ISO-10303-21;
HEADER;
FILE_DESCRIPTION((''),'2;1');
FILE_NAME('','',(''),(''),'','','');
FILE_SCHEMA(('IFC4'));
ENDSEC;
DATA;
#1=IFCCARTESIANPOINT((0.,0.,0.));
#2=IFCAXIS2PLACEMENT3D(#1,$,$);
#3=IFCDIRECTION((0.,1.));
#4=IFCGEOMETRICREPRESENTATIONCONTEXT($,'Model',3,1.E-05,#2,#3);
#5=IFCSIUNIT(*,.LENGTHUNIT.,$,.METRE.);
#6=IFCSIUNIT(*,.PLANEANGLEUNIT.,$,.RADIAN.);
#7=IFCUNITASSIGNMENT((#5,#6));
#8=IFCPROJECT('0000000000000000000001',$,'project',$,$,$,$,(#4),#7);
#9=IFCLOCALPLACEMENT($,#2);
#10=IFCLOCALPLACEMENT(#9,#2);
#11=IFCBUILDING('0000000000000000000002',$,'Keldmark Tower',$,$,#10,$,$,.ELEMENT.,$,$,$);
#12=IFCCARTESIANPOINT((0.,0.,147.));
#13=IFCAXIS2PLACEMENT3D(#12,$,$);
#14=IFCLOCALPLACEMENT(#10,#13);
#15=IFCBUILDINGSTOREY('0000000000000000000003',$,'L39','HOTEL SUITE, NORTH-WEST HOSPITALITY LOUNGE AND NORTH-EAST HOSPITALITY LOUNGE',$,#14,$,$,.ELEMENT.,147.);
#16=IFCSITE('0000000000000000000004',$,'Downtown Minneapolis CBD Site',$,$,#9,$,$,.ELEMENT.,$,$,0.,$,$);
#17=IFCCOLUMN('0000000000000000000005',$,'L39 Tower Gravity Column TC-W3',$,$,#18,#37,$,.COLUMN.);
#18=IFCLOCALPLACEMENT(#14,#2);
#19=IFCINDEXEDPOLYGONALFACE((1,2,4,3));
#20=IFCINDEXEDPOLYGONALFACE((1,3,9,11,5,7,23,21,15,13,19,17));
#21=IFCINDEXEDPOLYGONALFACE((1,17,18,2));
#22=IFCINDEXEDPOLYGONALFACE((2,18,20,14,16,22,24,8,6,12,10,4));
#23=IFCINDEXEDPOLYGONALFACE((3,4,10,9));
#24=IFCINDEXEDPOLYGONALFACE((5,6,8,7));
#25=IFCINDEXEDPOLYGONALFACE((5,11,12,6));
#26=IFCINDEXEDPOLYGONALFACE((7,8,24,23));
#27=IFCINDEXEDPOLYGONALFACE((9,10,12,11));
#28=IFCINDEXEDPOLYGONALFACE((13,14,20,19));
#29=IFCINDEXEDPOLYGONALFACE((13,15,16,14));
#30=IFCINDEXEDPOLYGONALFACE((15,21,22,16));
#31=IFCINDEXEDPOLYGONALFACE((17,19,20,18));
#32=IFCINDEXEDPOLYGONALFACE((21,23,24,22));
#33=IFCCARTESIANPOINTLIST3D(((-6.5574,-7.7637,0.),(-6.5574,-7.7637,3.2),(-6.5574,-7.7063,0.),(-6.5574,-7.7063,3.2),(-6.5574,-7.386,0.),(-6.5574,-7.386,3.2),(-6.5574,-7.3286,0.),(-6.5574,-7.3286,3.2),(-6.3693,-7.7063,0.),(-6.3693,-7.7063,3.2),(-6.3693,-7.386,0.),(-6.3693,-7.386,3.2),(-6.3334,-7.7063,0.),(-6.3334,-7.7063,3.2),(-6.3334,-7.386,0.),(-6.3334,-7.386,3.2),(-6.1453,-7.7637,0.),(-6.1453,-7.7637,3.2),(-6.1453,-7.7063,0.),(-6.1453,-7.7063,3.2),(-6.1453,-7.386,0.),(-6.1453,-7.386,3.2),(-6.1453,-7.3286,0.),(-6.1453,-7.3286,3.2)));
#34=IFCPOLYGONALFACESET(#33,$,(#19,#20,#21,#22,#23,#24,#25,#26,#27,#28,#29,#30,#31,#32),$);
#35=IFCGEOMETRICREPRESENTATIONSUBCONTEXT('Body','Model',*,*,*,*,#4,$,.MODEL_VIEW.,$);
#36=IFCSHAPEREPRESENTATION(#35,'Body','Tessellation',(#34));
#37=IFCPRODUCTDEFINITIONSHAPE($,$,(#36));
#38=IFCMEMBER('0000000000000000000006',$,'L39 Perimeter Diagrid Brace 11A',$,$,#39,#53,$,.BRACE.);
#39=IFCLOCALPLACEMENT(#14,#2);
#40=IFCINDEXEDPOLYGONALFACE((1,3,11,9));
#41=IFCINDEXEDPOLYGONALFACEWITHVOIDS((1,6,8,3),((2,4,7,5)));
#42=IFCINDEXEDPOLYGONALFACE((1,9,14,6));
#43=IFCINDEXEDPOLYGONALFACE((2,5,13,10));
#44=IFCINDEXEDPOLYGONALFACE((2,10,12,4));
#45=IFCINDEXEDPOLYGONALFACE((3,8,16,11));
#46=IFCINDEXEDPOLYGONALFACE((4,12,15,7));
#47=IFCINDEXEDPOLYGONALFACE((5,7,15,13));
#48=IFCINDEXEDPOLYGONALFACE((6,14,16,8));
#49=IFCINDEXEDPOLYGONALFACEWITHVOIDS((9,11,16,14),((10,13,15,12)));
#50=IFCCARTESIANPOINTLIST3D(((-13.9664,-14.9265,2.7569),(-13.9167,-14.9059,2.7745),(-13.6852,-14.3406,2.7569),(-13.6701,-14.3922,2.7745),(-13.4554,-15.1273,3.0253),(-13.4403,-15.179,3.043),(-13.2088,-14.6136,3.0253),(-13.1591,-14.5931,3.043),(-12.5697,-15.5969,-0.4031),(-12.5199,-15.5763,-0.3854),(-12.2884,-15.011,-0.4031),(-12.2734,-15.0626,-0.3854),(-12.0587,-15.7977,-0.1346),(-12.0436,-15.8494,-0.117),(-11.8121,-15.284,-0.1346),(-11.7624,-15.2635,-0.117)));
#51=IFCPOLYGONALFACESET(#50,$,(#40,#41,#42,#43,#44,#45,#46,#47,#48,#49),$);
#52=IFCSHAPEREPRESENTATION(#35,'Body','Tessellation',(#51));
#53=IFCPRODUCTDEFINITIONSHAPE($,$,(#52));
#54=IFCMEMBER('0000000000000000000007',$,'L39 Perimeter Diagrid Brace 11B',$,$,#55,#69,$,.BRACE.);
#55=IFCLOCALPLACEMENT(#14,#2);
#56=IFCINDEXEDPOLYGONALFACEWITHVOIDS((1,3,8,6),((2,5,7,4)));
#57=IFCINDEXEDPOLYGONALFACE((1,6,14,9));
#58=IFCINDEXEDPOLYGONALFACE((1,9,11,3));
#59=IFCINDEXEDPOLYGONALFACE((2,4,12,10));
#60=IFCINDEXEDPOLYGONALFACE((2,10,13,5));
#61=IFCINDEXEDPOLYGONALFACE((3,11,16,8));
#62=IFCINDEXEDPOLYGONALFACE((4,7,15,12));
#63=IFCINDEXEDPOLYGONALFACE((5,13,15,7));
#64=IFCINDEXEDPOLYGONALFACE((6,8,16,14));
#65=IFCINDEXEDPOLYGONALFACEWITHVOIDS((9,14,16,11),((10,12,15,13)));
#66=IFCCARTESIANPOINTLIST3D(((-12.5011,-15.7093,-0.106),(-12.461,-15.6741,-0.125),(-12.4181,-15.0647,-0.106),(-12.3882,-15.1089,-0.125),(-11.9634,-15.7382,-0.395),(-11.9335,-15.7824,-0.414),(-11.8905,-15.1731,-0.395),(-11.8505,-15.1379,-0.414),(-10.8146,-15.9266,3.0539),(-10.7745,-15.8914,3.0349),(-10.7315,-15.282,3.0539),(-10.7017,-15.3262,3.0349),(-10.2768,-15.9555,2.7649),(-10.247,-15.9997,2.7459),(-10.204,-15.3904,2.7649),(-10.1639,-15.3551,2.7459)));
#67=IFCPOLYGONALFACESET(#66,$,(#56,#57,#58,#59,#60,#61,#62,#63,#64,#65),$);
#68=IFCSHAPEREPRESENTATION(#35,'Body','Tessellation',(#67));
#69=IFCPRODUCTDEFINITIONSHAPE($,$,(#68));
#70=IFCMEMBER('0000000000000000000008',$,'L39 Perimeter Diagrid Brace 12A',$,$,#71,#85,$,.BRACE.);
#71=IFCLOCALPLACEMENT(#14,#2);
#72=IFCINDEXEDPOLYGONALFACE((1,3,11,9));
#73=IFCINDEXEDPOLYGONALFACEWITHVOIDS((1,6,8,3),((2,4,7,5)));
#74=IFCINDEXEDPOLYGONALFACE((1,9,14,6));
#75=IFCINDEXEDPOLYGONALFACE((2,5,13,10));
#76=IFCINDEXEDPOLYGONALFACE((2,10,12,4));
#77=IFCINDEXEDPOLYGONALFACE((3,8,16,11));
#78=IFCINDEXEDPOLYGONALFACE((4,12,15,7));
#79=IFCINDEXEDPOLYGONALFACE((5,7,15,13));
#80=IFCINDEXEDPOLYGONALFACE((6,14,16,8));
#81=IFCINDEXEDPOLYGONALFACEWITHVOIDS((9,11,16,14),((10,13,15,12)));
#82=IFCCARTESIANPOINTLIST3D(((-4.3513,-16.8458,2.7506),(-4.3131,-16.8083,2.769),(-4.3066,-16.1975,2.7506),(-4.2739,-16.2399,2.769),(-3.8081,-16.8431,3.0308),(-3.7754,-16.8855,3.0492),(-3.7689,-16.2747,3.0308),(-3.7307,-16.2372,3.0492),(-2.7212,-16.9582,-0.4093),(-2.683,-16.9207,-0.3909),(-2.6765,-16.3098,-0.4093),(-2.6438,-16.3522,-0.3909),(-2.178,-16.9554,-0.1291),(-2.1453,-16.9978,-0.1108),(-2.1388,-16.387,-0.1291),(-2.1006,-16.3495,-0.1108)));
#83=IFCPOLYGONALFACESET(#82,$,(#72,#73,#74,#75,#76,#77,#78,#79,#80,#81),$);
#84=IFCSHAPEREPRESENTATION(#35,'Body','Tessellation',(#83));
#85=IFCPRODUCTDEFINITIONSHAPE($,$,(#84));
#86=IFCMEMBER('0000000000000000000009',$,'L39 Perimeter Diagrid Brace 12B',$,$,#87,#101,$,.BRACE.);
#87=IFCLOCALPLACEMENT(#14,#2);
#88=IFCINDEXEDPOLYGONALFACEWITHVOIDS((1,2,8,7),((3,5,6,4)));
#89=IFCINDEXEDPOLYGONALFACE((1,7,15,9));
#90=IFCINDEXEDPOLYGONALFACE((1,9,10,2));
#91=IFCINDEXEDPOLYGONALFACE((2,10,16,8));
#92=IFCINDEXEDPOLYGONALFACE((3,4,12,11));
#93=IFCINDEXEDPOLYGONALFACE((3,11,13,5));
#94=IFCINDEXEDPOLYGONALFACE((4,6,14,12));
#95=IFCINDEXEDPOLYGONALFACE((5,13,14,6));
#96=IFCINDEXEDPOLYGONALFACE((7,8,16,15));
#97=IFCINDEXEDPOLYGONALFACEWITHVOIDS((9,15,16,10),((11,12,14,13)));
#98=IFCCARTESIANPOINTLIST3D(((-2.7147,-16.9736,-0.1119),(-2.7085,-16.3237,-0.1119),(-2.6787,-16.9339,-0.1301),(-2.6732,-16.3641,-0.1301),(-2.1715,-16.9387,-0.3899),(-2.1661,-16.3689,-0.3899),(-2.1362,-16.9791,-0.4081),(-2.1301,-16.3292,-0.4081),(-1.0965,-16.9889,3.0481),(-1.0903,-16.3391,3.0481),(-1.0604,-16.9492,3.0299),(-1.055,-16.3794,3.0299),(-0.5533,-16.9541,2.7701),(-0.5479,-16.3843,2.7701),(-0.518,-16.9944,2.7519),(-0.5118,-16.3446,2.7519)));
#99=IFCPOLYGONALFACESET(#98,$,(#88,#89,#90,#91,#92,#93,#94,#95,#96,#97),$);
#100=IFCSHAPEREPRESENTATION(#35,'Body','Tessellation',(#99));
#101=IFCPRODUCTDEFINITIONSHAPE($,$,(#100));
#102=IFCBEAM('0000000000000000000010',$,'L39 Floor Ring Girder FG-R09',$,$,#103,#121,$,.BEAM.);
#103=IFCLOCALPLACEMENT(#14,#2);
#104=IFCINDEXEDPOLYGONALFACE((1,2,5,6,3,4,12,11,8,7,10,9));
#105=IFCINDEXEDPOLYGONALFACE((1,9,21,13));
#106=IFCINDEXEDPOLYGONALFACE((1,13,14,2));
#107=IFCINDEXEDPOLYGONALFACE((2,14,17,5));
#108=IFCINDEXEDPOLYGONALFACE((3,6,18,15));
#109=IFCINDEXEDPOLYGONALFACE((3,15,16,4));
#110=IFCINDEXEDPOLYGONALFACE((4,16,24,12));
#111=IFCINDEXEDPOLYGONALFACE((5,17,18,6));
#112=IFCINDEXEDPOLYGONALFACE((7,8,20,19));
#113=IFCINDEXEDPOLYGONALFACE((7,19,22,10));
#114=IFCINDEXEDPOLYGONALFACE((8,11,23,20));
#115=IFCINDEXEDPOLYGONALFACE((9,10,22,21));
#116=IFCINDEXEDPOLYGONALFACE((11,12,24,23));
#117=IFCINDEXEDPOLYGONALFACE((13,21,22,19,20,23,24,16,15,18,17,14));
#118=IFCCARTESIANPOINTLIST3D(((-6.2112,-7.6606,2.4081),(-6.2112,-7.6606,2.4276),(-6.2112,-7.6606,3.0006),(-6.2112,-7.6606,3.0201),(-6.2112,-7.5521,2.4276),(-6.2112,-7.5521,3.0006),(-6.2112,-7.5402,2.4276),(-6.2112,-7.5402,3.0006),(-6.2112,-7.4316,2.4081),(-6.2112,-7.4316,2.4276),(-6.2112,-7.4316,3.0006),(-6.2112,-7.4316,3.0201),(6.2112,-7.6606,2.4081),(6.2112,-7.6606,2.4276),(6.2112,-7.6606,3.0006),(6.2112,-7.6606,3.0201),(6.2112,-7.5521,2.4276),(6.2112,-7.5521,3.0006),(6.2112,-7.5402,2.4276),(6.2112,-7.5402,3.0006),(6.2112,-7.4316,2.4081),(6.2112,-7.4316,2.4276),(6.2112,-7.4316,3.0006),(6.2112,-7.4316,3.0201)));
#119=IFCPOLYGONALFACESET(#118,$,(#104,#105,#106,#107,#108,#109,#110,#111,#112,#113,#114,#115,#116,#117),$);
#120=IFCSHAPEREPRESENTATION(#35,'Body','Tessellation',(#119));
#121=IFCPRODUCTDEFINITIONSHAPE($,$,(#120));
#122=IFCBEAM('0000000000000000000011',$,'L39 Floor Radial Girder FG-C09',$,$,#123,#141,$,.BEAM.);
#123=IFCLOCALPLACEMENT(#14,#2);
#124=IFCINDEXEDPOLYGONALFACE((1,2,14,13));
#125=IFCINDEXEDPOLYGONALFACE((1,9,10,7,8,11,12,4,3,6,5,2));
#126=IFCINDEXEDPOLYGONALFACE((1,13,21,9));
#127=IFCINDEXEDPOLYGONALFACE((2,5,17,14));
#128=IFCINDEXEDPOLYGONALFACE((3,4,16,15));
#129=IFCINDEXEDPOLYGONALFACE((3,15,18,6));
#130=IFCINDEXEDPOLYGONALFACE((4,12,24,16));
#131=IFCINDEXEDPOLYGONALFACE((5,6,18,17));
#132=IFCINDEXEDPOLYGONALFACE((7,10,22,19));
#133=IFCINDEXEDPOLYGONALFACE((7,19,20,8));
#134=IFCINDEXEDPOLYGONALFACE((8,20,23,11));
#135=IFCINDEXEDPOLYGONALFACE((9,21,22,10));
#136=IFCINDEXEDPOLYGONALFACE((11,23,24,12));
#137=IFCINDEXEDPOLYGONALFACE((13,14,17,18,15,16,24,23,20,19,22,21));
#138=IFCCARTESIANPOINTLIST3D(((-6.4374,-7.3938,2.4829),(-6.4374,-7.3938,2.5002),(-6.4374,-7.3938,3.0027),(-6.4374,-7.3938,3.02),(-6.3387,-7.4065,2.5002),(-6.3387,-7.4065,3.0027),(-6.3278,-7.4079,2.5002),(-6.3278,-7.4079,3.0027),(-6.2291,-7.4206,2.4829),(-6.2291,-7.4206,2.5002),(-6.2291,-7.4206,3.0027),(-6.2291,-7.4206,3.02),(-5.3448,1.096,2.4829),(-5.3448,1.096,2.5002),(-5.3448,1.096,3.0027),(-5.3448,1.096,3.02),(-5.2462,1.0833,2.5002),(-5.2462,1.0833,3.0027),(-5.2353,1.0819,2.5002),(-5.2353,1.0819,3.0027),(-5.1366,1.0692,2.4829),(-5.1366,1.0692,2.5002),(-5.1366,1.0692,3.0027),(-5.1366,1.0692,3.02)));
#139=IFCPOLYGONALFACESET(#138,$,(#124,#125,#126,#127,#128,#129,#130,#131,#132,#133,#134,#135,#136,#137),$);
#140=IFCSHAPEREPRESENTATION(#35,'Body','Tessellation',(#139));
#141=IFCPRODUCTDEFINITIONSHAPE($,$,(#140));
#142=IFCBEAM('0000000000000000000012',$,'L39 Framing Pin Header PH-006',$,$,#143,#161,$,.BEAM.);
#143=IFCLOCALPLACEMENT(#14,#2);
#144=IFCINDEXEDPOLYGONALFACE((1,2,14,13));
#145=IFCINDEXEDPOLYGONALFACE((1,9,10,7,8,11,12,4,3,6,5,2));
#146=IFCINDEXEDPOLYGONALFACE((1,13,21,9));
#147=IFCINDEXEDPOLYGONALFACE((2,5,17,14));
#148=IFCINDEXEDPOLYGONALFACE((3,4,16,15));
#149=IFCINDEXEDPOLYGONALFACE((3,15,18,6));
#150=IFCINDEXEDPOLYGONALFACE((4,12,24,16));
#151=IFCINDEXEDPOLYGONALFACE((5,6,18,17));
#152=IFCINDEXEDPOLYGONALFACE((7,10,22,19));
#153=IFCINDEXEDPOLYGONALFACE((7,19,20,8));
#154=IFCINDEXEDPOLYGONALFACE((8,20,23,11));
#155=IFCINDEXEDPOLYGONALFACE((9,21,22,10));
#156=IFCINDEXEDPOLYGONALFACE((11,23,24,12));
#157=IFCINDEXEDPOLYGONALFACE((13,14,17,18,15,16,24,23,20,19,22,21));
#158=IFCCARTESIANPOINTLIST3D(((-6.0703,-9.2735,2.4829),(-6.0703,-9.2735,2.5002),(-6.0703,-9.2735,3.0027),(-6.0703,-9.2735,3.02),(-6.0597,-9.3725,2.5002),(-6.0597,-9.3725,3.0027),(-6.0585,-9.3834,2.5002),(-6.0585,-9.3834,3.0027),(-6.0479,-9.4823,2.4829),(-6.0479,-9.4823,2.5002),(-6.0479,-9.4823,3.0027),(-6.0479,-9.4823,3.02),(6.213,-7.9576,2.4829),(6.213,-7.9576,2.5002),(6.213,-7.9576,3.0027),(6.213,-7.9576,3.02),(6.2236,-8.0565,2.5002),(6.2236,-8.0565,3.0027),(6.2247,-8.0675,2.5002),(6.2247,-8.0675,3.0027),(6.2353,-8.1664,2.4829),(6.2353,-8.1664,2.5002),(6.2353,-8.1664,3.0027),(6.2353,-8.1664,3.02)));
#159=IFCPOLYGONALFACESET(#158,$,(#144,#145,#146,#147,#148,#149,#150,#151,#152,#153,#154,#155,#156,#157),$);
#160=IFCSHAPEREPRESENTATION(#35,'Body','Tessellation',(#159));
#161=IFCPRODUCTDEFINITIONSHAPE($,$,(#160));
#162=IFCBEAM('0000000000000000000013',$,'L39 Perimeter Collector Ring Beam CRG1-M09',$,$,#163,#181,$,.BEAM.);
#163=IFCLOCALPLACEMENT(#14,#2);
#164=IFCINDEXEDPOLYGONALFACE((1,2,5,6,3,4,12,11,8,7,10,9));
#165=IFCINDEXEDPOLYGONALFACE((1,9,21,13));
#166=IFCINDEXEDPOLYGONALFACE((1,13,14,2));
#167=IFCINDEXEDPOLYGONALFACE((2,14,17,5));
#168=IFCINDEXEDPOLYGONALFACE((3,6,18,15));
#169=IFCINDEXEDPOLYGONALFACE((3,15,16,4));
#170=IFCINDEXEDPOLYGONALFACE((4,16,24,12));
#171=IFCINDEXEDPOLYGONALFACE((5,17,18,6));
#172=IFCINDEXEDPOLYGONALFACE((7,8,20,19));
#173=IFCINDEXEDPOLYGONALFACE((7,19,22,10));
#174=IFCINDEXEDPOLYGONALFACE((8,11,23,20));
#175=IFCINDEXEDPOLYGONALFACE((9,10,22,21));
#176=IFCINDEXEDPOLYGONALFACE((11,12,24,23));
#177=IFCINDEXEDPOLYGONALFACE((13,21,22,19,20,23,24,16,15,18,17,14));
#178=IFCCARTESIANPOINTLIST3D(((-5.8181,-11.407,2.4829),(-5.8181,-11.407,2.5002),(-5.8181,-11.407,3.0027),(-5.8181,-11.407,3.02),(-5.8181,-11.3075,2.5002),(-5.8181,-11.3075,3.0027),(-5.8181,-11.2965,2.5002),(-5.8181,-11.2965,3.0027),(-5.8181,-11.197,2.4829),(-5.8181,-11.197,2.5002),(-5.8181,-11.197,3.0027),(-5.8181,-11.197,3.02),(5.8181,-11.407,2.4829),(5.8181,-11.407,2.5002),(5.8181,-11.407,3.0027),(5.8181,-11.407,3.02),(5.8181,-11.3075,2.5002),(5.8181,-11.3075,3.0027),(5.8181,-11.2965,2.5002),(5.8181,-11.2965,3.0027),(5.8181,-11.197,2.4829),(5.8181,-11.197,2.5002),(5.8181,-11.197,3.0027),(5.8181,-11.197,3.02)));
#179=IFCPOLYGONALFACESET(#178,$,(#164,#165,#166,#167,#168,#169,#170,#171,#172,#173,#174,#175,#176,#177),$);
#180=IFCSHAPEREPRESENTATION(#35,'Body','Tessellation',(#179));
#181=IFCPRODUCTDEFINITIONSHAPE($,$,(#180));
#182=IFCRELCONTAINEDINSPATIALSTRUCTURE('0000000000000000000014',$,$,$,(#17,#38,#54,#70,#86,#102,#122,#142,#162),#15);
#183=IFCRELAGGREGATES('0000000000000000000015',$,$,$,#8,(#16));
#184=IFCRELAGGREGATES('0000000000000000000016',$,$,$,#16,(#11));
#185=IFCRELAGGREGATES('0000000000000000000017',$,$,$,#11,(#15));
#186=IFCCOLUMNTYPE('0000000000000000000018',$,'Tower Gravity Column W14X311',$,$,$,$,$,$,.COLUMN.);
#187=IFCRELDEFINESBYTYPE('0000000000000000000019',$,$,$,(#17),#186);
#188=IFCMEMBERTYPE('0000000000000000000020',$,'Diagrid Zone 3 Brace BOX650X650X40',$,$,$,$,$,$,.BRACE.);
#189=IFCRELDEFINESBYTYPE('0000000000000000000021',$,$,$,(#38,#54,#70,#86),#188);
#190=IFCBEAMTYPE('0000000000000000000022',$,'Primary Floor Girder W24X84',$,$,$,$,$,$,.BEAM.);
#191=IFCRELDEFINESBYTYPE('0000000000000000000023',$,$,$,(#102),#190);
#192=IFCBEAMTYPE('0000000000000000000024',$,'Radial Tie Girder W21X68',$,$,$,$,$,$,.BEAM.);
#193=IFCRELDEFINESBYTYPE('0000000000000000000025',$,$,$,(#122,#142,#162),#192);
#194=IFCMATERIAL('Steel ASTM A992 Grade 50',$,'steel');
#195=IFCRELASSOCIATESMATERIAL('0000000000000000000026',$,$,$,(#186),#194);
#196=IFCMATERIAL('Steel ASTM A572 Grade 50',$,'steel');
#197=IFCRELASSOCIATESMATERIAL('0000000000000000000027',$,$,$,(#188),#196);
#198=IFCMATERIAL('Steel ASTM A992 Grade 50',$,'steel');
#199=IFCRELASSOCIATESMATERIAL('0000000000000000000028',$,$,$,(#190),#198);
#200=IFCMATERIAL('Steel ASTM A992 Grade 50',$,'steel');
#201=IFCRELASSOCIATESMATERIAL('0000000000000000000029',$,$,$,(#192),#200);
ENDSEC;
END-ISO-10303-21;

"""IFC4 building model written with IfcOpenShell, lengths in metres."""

from ifc_helpers import new_model, si_unit, direction, frame, origin, origin_2d, place, context, subcontext, project, spatial, hollow_rectangle, i_section, extrude, material, material_profile, profile_set, type_object, element, save


model = new_model("IFC4")

# Units and contexts
model_context = context("Model", 3, precision=1e-05, world=origin(), true_north=direction((0.0, 1.0)))
body_context = subcontext(model_context, "Body", "Model", "MODEL_VIEW")
ifc_project = project(units=[si_unit("LENGTHUNIT", "METRE"), si_unit("PLANEANGLEUNIT", "RADIAN")], contexts=[model_context])

# Site, building, storey
site_placement = place(None, origin())
site = spatial("IfcSite", under=ifc_project, at=site_placement, Name="Downtown Minneapolis CBD Site", CompositionType="ELEMENT", RefElevation=0.0)
building_placement = place(site_placement, origin())
building = spatial("IfcBuilding", under=site, at=building_placement, Name="Keldmark Tower", CompositionType="ELEMENT")
storey_placement = place(building_placement, frame((0.0, 0.0, 147.0)))
storey = spatial("IfcBuildingStorey", under=building, at=storey_placement, Name="L39", Description="HOTEL SUITE, NORTH-WEST HOSPITALITY LOUNGE AND NORTH-EAST HOSPITALITY LOUNGE", CompositionType="ELEMENT", Elevation=147.0)

# Column
ifc_material_1 = material(Name="Steel ASTM A992 Grade 50", Category="steel")
ifc_material_profile_1 = material_profile(ifc_material_1, i_section(OverallWidth=0.4121, OverallDepth=0.4351, WebThickness=0.0359, FlangeThickness=0.0574, at=origin_2d()), Name="W14X311")
ifc_profile_set_1 = profile_set([ifc_material_profile_1], Name="Steel ASTM A992 Grade 50")
column_type = type_object("IfcColumnType", Name="Tower Gravity Column W14X311", PredefinedType="COLUMN", material=ifc_profile_set_1)
column_placement = place(storey_placement, frame((-6.3513, -7.5461, 0.0), z_axis=(0.0, 0.0, 1.0), x_axis=(1.0, 0.0, 0.0)))
element("IfcColumn", 1, at=column_placement, inside=storey, type_object=column_type, Name="L39 Tower Gravity Column TC-W3", PredefinedType="COLUMN", context=body_context, shape_type="SweptSolid", body=[
    extrude(i_section(OverallWidth=0.4121, OverallDepth=0.4351, WebThickness=0.0359, FlangeThickness=0.0574, at=origin_2d()), origin(), (0.0, 0.0, 1.0), 3.2),
])

# Members
ifc_material_2 = material(Name="Steel ASTM A572 Grade 50", Category="steel")
ifc_material_profile_2 = material_profile(ifc_material_2, hollow_rectangle(XDim=0.6499, YDim=0.6499, WallThickness=0.04, at=origin_2d()), Name="BOX650X650X40")
ifc_profile_set_2 = profile_set([ifc_material_profile_2], Name="Steel ASTM A572 Grade 50")
member_type = type_object("IfcMemberType", Name="Diagrid Zone 3 Brace BOX650X650X40", PredefinedType="BRACE", material=ifc_profile_set_2)
member_1_placement = place(storey_placement, frame((-12.166, -15.4302, -0.26), z_axis=(-0.396879, 0.190496, 0.897885), x_axis=(-0.432721, -0.901528, 0.0)))
element("IfcMember", 2, at=member_1_placement, inside=storey, type_object=member_type, Name="L39 Perimeter Diagrid Brace 11A", PredefinedType="BRACE", context=body_context, shape_type="SweptSolid", body=[
    extrude(hollow_rectangle(XDim=0.6499, YDim=0.6499, WallThickness=0.04, at=origin_2d()), origin(), (0.0, 0.0, 1.0), 3.5193),
])
member_2_placement = place(storey_placement, frame((-12.1758, -15.4236, -0.26), z_axis=(0.469993, -0.060552, 0.880591), x_axis=(0.12778, 0.991803, 0.0)))
element("IfcMember", 3, at=member_2_placement, inside=storey, type_object=member_type, Name="L39 Perimeter Diagrid Brace 11B", PredefinedType="BRACE", context=body_context, shape_type="SweptSolid", body=[
    extrude(hollow_rectangle(XDim=0.6499, YDim=0.6499, WallThickness=0.04, at=origin_2d()), origin(), (0.0, 0.0, 1.0), 3.5884),
])
member_3_placement = place(storey_placement, frame((-2.4109, -16.6538, -0.26), z_axis=(-0.458238, 0.031569, 0.888269), x_axis=(-0.06873, -0.997635, 0.0)))
element("IfcMember", 4, at=member_3_placement, inside=storey, type_object=member_type, Name="L39 Perimeter Diagrid Brace 12A", PredefinedType="BRACE", context=body_context, shape_type="SweptSolid", body=[
    extrude(hollow_rectangle(XDim=0.6499, YDim=0.6499, WallThickness=0.04, at=origin_2d()), origin(), (0.0, 0.0, 1.0), 3.5574),
])
member_4_placement = place(storey_placement, frame((-2.4224, -16.6514, -0.26), z_axis=(0.455799, -0.004332, 0.890072), x_axis=(0.009505, 0.999955, 0.0)))
element("IfcMember", 5, at=member_4_placement, inside=storey, type_object=member_type, Name="L39 Perimeter Diagrid Brace 12B", PredefinedType="BRACE", context=body_context, shape_type="SweptSolid", body=[
    extrude(hollow_rectangle(XDim=0.6499, YDim=0.6499, WallThickness=0.04, at=origin_2d()), origin(), (0.0, 0.0, 1.0), 3.5503),
])

# Beams
ifc_material_3 = material(Name="Steel ASTM A992 Grade 50", Category="steel")
ifc_material_profile_3 = material_profile(ifc_material_3, i_section(OverallWidth=0.229, OverallDepth=0.6121, WebThickness=0.012, FlangeThickness=0.0195, at=origin_2d()), Name="W24X84")
ifc_profile_set_3 = profile_set([ifc_material_profile_3], Name="Steel ASTM A992 Grade 50")
beam_type_1 = type_object("IfcBeamType", Name="Primary Floor Girder W24X84", PredefinedType="BEAM", material=ifc_profile_set_3)
beam_1_placement = place(storey_placement, frame((-6.2112, -7.5461, 2.7141), z_axis=(1.0, 0.0, 0.0), x_axis=(0.0, 1.0, 0.0)))
element("IfcBeam", 6, at=beam_1_placement, inside=storey, type_object=beam_type_1, Name="L39 Floor Ring Girder FG-R09", PredefinedType="BEAM", context=body_context, shape_type="SweptSolid", body=[
    extrude(i_section(OverallWidth=0.229, OverallDepth=0.6121, WebThickness=0.012, FlangeThickness=0.0195, at=origin_2d()), origin(), (0.0, 0.0, 1.0), 12.4224),
])
ifc_material_4 = material(Name="Steel ASTM A992 Grade 50", Category="steel")
ifc_material_profile_4 = material_profile(ifc_material_4, i_section(OverallWidth=0.21, OverallDepth=0.5371, WebThickness=0.011, FlangeThickness=0.0173, at=origin_2d()), Name="W21X68")
ifc_profile_set_4 = profile_set([ifc_material_profile_4], Name="Steel ASTM A992 Grade 50")
beam_type_2 = type_object("IfcBeamType", Name="Radial Tie Girder W21X68", PredefinedType="BEAM", material=ifc_profile_set_4)
beam_2_placement = place(storey_placement, frame((-6.3333, -7.4072, 2.7515), z_axis=(0.127636, 0.991821, 0.0), x_axis=(-0.991821, 0.127636, 0.0)))
element("IfcBeam", 7, at=beam_2_placement, inside=storey, type_object=beam_type_2, Name="L39 Floor Radial Girder FG-C09", PredefinedType="BEAM", context=body_context, shape_type="SweptSolid", body=[
    extrude(i_section(OverallWidth=0.21, OverallDepth=0.5371, WebThickness=0.011, FlangeThickness=0.0173, at=origin_2d()), origin(), (0.0, 0.0, 1.0), 8.5598),
])
beam_3_placement = place(storey_placement, frame((-6.0591, -9.3779, 2.7515), z_axis=(0.99431, 0.106522, 0.0), x_axis=(-0.106522, 0.99431, 0.0)))
element("IfcBeam", 8, at=beam_3_placement, inside=storey, type_object=beam_type_2, Name="L39 Framing Pin Header PH-006", PredefinedType="BEAM", context=body_context, shape_type="SweptSolid", body=[
    extrude(i_section(OverallWidth=0.21, OverallDepth=0.5371, WebThickness=0.011, FlangeThickness=0.0173, at=origin_2d()), origin(), (0.0, 0.0, 1.0), 12.3535),
])
beam_4_placement = place(storey_placement, frame((-5.8181, -11.302, 2.7515), z_axis=(1.0, 0.0, 0.0), x_axis=(0.0, 1.0, 0.0)))
element("IfcBeam", 9, at=beam_4_placement, inside=storey, type_object=beam_type_2, Name="L39 Perimeter Collector Ring Beam CRG1-M09", PredefinedType="BEAM", context=body_context, shape_type="SweptSolid", body=[
    extrude(i_section(OverallWidth=0.21, OverallDepth=0.5371, WebThickness=0.011, FlangeThickness=0.0173, at=origin_2d()), origin(), (0.0, 0.0, 1.0), 11.6362),
])

save(model, "model.ifc")
